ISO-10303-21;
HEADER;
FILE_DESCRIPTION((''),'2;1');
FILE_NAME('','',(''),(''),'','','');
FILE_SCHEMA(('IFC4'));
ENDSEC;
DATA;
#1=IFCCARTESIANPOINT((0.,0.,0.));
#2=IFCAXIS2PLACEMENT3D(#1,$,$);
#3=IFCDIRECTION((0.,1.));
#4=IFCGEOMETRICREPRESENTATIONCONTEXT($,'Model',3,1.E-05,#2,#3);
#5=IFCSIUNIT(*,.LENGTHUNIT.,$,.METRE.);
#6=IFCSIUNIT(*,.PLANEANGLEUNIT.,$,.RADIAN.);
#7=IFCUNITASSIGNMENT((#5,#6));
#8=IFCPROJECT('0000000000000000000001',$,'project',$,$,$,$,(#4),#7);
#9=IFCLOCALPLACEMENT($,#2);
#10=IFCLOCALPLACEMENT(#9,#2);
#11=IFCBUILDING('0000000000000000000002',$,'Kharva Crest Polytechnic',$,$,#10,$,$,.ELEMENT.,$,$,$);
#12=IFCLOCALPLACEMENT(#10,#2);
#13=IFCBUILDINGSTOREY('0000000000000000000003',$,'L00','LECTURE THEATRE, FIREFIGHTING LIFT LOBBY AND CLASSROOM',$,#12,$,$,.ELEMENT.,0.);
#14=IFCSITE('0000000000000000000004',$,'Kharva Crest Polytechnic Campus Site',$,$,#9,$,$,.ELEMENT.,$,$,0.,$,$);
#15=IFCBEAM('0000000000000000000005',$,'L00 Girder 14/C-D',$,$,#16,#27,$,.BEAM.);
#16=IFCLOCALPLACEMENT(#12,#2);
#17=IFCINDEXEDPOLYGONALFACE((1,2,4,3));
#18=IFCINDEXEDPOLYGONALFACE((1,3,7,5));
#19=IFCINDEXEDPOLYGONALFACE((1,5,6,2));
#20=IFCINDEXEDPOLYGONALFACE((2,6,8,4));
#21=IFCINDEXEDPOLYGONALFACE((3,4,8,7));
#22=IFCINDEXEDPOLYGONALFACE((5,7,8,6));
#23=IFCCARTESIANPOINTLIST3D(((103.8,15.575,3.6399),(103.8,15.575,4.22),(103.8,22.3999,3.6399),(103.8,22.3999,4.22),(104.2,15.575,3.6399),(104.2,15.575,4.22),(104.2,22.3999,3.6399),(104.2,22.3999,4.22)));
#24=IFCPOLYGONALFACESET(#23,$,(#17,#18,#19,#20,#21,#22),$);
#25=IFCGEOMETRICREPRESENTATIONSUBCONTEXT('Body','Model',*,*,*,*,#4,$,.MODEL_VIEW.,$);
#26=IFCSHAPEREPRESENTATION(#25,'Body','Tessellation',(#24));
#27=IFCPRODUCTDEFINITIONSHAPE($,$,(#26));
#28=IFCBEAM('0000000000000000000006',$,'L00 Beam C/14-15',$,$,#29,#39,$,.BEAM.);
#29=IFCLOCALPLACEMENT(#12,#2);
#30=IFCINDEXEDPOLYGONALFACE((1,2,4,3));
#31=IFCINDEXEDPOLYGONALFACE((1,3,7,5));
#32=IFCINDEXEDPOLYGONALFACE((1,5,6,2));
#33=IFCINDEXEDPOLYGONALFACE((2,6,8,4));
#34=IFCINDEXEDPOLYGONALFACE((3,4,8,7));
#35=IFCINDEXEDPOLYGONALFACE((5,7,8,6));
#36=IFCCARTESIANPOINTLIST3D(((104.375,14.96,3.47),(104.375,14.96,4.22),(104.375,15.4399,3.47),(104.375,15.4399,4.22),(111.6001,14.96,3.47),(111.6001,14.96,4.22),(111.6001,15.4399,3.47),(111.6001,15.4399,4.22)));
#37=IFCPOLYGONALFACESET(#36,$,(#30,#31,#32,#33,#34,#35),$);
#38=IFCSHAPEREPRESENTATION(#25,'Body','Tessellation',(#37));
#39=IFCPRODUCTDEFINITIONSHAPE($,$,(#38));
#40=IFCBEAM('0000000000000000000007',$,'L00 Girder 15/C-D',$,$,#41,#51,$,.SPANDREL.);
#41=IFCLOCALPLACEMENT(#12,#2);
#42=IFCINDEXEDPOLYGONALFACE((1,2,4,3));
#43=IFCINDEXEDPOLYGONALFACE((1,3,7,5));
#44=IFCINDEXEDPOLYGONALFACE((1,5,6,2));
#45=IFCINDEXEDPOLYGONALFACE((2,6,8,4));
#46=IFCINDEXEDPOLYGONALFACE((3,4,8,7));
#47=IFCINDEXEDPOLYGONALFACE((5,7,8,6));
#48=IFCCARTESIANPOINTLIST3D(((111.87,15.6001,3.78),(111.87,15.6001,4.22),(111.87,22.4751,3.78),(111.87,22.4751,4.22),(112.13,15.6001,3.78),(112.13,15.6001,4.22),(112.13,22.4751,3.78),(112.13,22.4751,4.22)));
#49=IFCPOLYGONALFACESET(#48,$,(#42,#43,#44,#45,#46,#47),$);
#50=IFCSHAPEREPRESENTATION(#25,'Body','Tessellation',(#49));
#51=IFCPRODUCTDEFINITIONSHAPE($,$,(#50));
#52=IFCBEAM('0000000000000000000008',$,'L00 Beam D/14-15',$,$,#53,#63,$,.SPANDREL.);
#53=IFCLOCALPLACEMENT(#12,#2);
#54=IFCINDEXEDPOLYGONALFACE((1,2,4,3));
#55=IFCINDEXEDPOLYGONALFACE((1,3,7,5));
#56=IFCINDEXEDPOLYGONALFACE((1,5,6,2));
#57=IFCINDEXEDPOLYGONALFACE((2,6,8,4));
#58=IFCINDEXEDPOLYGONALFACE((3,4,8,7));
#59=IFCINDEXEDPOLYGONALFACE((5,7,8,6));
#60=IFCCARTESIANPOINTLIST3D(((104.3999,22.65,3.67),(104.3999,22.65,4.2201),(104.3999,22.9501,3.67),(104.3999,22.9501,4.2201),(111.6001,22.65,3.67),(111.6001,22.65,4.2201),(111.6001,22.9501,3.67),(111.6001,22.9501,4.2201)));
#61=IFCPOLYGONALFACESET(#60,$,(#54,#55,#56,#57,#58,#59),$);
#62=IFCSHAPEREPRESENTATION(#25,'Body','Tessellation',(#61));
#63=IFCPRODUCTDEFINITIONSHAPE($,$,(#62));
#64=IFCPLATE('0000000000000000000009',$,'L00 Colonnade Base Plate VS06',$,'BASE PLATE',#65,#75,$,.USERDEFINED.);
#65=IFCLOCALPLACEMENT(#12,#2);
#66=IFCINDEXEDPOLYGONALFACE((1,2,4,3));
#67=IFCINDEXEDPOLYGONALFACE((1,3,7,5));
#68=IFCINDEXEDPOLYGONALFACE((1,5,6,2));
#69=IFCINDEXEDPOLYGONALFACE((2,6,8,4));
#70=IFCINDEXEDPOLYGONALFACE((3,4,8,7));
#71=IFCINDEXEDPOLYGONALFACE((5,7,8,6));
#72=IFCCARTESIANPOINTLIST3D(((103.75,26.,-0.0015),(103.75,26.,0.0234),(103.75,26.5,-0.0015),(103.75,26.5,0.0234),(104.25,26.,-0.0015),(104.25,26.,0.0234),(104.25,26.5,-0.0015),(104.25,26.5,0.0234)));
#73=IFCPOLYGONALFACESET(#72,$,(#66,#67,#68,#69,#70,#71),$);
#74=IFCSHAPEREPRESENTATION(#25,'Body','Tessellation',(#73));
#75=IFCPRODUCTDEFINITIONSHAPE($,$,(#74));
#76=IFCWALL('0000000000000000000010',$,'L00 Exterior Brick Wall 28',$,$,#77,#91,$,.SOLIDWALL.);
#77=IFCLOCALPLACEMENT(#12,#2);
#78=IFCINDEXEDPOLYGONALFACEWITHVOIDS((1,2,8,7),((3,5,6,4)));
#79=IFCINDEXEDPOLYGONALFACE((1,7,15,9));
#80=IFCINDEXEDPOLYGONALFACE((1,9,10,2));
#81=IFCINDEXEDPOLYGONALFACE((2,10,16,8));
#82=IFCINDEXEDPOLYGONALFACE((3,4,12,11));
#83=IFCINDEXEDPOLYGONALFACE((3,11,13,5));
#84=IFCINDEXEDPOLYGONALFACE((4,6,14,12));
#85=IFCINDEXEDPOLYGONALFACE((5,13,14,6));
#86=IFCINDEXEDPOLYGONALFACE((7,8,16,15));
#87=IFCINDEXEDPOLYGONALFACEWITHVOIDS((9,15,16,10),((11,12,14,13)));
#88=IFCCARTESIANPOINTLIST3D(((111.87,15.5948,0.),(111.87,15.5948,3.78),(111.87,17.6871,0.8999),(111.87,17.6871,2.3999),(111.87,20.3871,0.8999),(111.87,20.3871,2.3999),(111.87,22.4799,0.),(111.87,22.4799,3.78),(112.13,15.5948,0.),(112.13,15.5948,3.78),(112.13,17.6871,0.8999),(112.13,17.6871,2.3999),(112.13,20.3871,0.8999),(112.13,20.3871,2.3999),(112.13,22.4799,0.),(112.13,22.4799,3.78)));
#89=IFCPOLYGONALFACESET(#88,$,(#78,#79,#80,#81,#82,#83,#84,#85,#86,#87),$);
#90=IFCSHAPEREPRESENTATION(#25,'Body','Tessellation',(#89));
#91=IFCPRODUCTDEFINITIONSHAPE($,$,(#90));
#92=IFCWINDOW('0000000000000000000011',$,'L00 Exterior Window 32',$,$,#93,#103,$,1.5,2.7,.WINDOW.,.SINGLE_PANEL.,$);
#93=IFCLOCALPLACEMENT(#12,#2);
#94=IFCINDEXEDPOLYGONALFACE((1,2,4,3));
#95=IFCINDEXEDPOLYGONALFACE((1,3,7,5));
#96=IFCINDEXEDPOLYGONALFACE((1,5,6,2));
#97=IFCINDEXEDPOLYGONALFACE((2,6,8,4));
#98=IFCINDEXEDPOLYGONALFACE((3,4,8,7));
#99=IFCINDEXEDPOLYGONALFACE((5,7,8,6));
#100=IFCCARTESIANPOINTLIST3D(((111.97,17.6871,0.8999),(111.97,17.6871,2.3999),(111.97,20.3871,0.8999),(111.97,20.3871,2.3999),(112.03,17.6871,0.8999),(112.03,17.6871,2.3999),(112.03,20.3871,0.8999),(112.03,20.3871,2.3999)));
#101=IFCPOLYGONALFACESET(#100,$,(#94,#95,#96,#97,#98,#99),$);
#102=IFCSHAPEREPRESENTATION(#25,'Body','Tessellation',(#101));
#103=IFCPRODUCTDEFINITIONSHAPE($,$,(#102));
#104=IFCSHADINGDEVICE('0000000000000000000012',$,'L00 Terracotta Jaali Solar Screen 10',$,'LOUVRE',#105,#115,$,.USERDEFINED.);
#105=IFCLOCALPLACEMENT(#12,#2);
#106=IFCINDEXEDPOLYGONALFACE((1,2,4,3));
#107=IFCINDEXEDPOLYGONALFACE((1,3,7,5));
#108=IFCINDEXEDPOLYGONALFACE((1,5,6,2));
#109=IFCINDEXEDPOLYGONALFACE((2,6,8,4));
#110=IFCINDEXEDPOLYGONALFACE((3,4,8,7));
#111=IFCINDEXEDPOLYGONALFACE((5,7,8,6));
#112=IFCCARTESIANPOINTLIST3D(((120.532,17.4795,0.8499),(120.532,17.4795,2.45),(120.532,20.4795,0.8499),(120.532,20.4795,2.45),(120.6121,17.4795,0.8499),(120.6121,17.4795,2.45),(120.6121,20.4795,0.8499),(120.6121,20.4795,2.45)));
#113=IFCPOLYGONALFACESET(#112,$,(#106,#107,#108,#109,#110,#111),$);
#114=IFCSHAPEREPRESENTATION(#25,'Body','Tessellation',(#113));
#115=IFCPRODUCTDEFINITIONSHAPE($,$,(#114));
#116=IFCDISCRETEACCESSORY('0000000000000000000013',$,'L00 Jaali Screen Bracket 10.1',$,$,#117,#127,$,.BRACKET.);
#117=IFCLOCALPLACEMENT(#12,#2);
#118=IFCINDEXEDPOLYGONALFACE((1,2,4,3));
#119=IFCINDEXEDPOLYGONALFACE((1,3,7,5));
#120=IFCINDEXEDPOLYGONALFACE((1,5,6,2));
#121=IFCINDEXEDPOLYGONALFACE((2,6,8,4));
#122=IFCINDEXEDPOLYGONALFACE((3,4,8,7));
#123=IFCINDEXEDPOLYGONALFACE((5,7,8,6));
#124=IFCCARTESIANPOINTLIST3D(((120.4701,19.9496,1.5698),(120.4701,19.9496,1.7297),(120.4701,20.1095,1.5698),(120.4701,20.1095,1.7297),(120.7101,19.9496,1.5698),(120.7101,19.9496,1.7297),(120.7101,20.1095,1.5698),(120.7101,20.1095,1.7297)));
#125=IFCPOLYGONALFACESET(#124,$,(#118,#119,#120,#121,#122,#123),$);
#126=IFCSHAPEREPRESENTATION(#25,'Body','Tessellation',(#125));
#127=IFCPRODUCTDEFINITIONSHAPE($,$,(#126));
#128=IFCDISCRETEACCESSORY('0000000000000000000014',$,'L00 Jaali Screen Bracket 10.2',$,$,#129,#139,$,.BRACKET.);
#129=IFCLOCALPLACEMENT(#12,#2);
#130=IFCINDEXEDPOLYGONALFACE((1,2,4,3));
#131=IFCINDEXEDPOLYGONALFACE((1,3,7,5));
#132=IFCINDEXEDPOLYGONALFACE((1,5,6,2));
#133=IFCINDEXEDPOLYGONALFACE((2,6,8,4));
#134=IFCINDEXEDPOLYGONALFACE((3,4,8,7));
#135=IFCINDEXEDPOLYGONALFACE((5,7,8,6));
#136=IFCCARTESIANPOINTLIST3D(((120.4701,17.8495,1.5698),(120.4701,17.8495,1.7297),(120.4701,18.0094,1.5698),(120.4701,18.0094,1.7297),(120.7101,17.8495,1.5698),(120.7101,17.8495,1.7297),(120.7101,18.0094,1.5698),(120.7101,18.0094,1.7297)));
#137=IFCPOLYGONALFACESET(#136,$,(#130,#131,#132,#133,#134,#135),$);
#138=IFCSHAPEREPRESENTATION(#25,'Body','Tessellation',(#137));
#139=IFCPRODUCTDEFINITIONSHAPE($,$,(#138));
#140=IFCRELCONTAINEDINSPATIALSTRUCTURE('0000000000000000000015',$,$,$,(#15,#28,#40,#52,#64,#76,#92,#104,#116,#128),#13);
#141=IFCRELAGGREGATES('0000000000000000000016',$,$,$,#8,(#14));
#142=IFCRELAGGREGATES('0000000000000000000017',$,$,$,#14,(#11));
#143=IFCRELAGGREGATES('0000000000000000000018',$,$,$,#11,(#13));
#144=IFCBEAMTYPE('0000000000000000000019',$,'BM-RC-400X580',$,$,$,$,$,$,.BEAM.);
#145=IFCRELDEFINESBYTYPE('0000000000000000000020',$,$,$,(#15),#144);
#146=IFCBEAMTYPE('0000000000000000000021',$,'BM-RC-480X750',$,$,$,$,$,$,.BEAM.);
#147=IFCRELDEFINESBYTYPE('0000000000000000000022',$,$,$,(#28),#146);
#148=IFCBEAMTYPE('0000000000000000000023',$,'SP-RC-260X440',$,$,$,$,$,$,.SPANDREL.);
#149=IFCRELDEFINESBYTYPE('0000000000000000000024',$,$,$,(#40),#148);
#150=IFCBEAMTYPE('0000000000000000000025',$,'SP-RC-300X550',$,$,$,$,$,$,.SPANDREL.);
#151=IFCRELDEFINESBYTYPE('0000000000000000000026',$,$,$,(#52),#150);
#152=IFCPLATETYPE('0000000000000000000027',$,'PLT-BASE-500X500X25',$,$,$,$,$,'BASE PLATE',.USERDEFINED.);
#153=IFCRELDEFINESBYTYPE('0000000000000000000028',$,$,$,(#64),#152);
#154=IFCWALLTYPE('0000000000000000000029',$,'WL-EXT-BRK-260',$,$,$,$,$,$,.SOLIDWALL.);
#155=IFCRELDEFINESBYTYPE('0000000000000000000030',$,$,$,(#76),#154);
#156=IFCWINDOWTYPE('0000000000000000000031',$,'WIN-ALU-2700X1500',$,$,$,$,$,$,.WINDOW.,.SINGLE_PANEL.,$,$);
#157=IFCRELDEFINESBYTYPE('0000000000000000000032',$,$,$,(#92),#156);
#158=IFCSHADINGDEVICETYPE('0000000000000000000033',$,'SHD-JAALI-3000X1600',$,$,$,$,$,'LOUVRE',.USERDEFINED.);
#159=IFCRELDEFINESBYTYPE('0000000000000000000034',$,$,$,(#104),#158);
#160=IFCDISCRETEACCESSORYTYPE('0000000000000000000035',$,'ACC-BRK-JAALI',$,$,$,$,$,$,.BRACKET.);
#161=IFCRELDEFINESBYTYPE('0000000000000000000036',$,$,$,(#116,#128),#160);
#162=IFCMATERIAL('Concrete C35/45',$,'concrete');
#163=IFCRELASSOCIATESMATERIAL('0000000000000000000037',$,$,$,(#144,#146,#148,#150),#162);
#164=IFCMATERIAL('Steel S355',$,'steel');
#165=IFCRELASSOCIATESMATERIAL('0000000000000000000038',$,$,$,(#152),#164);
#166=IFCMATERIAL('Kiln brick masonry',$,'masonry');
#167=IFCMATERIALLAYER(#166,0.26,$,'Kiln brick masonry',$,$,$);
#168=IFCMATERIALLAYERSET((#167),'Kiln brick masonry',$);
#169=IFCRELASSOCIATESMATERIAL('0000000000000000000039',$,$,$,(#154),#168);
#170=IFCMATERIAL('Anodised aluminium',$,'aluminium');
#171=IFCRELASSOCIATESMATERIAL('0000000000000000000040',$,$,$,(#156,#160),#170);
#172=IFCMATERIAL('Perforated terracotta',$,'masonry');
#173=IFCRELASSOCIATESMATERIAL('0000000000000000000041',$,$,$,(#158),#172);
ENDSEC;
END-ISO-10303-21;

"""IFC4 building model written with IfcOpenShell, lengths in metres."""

from ifc_helpers import new_model, si_unit, direction, frame, frame_2d, origin, origin_2d, place, context, subcontext, project, spatial, rectangle, extrude, material, layer, layer_set, material_profile, profile_set, type_object, element, fill, save


model = new_model("IFC4")

# Units and contexts
model_context = context("Model", 3, precision=1e-05, world=origin(), true_north=direction((0.0, 1.0)))
body_context = subcontext(model_context, "Body", "Model", "MODEL_VIEW")
ifc_project = project(units=[si_unit("LENGTHUNIT", "METRE"), si_unit("PLANEANGLEUNIT", "RADIAN")], contexts=[model_context])

# Site, building, storey
site_placement = place(None, origin())
site = spatial("IfcSite", under=ifc_project, at=site_placement, Name="Kharva Crest Polytechnic Campus Site", CompositionType="ELEMENT", RefElevation=0.0)
building_placement = place(site_placement, origin())
building = spatial("IfcBuilding", under=site, at=building_placement, Name="Kharva Crest Polytechnic", CompositionType="ELEMENT")
storey_placement = place(building_placement, origin())
storey = spatial("IfcBuildingStorey", under=building, at=storey_placement, Name="L00", Description="LECTURE THEATRE, FIREFIGHTING LIFT LOBBY AND CLASSROOM", CompositionType="ELEMENT", Elevation=0.0)

# Shared definitions
ifc_material_1 = material(Name="Concrete C35/45", Category="concrete")

# Shared definitions
ifc_material_2 = material(Name="Steel S355", Category="steel")

# Beams
ifc_material_profile_1 = material_profile(ifc_material_1, rectangle(XDim=0.3999, YDim=0.5801, at=origin_2d()), Name="RECT 400 X 580")
ifc_profile_set_1 = profile_set([ifc_material_profile_1], Name="Concrete C35/45")
beam_type_1 = type_object("IfcBeamType", Name="BM-RC-400X580", PredefinedType="BEAM", material=ifc_profile_set_1)
beam_1_placement = place(storey_placement, frame((104.0, 15.575, 3.9299), z_axis=(0.0, 1.0, 0.0), x_axis=(-1.0, 0.0, 0.0)))
element("IfcBeam", 1, at=beam_1_placement, inside=storey, type_object=beam_type_1, Name="L00 Girder 14/C-D", PredefinedType="BEAM", context=body_context, shape_type="SweptSolid", body=[
    extrude(rectangle(XDim=0.3999, YDim=0.5801, at=origin_2d()), origin(), (0.0, 0.0, 1.0), 6.825),
])
ifc_material_profile_2 = material_profile(ifc_material_1, rectangle(XDim=0.48, YDim=0.75, at=origin_2d()), Name="RECT 480 X 750")
ifc_profile_set_2 = profile_set([ifc_material_profile_2], Name="Concrete C35/45")
beam_type_2 = type_object("IfcBeamType", Name="BM-RC-480X750", PredefinedType="BEAM", material=ifc_profile_set_2)
beam_2_placement = place(storey_placement, frame((104.375, 15.2, 3.845), z_axis=(1.0, 0.0, 0.0), x_axis=(0.0, 1.0, 0.0)))
element("IfcBeam", 2, at=beam_2_placement, inside=storey, type_object=beam_type_2, Name="L00 Beam C/14-15", PredefinedType="BEAM", context=body_context, shape_type="SweptSolid", body=[
    extrude(rectangle(XDim=0.48, YDim=0.75, at=origin_2d()), origin(), (0.0, 0.0, 1.0), 7.2251),
])
ifc_material_profile_3 = material_profile(ifc_material_1, rectangle(XDim=0.26, YDim=0.4399, at=origin_2d()), Name="RECT 260 X 440")
ifc_profile_set_3 = profile_set([ifc_material_profile_3], Name="Concrete C35/45")
beam_type_3 = type_object("IfcBeamType", Name="SP-RC-260X440", PredefinedType="SPANDREL", material=ifc_profile_set_3)
beam_3_placement = place(storey_placement, frame((112.0, 15.6001, 4.0), z_axis=(0.0, 1.0, 0.0), x_axis=(-1.0, 0.0, 0.0)))
element("IfcBeam", 3, at=beam_3_placement, inside=storey, type_object=beam_type_3, Name="L00 Girder 15/C-D", PredefinedType="SPANDREL", context=body_context, shape_type="SweptSolid", body=[
    extrude(rectangle(XDim=0.26, YDim=0.4399, at=origin_2d()), origin(), (0.0, 0.0, 1.0), 6.875),
])
ifc_material_profile_4 = material_profile(ifc_material_1, rectangle(XDim=0.3, YDim=0.55, at=origin_2d()), Name="RECT 300 X 550")
ifc_profile_set_4 = profile_set([ifc_material_profile_4], Name="Concrete C35/45")
beam_type_4 = type_object("IfcBeamType", Name="SP-RC-300X550", PredefinedType="SPANDREL", material=ifc_profile_set_4)
beam_4_placement = place(storey_placement, frame((104.3999, 22.8, 3.9451), z_axis=(1.0, 0.0, 0.0), x_axis=(0.0, 1.0, 0.0)))
element("IfcBeam", 4, at=beam_4_placement, inside=storey, type_object=beam_type_4, Name="L00 Beam D/14-15", PredefinedType="SPANDREL", context=body_context, shape_type="SweptSolid", body=[
    extrude(rectangle(XDim=0.3, YDim=0.55, at=origin_2d()), origin(), (0.0, 0.0, 1.0), 7.2002),
])

# Plate
plate_type = type_object("IfcPlateType", Name="PLT-BASE-500X500X25", ElementType="BASE PLATE", PredefinedType="USERDEFINED", material=ifc_material_2)
plate_placement = place(storey_placement, frame((104.0, 26.25, -0.0015), z_axis=(0.0, 0.0, 1.0), x_axis=(1.0, 0.0, 0.0)))
element("IfcPlate", 5, at=plate_placement, inside=storey, type_object=plate_type, Name="L00 Colonnade Base Plate VS06", ObjectType="BASE PLATE", PredefinedType="USERDEFINED", context=body_context, shape_type="SweptSolid", body=[
    extrude(rectangle(XDim=0.5, YDim=0.5, at=origin_2d()), origin(), (0.0, 0.0, 1.0), 0.0249),
])

# Wall, opening, window
ifc_material_3 = material(Name="Kiln brick masonry", Category="masonry")
ifc_layer_1 = layer(ifc_material_3, 0.26, Name="Kiln brick masonry")
ifc_layer_set_1 = layer_set([ifc_layer_1], Name="Kiln brick masonry")
wall_type_1 = type_object("IfcWallType", Name="WL-EXT-BRK-260", PredefinedType="SOLIDWALL", material=ifc_layer_set_1)
wall_1_placement = place(storey_placement, frame((112.0, 15.595, 0.0), z_axis=(0.0, 0.0, 1.0), x_axis=(0.0, 1.0, 0.0)))
wall_1 = element("IfcWall", 6, at=wall_1_placement, inside=storey, type_object=wall_type_1, Name="L00 Exterior Brick Wall 28", PredefinedType="SOLIDWALL", context=body_context, shape_type="SweptSolid", body=[
    extrude(rectangle(XDim=6.885, YDim=0.26, at=frame_2d((3.4424, 0.0))), origin(), (0.0, 0.0, 1.0), 3.78),
])
opening_1_placement = place(wall_1_placement, frame((2.092, 0.0, 0.8999)))
opening_1 = element("IfcOpeningElement", 7, at=opening_1_placement, cuts=wall_1, PredefinedType="OPENING", context=body_context, shape_type="SweptSolid", body=[
    extrude(rectangle(XDim=2.7, YDim=1.5, at=frame_2d((1.3501, 0.75))), frame((0.0, 0.1399, 0.0), z_axis=(0.0, -1.0, 0.0), x_axis=(1.0, 0.0, 0.0)), (0.0, 0.0, 1.0), 0.28),
])
ifc_material_4 = material(Name="Anodised aluminium", Category="aluminium")
window_type = type_object("IfcWindowType", Name="WIN-ALU-2700X1500", PartitioningType="SINGLE_PANEL", PredefinedType="WINDOW", material=ifc_material_4)
window_placement = place(opening_1_placement, origin())
window = element("IfcWindow", 8, at=window_placement, inside=storey, type_object=window_type, Name="L00 Exterior Window 32", OverallHeight=1.5, OverallWidth=2.7, PartitioningType="SINGLE_PANEL", PredefinedType="WINDOW", context=body_context, shape_type="SweptSolid", body=[
    extrude(rectangle(XDim=2.7, YDim=1.5, at=frame_2d((1.3501, 0.75))), frame((0.0, 0.03, 0.0), z_axis=(0.0, -1.0, 0.0), x_axis=(1.0, 0.0, 0.0)), (0.0, 0.0, 1.0), 0.0601),
])
fill(opening_1, window)

# Shading device
ifc_material_5 = material(Name="Perforated terracotta", Category="masonry")
shading_device_type = type_object("IfcShadingDeviceType", Name="SHD-JAALI-3000X1600", ElementType="LOUVRE", PredefinedType="USERDEFINED", material=ifc_material_5)
shading_device_placement = place(storey_placement, frame((120.572, 18.9795, 0.8499), z_axis=(0.0, 0.0, 1.0), x_axis=(0.0, 1.0, 0.0)))
element("IfcShadingDevice", 9, at=shading_device_placement, inside=storey, type_object=shading_device_type, Name="L00 Terracotta Jaali Solar Screen 10", ObjectType="LOUVRE", PredefinedType="USERDEFINED", context=body_context, shape_type="SweptSolid", body=[
    extrude(rectangle(XDim=3.0, YDim=0.0801, at=origin_2d()), origin(), (0.0, 0.0, 1.0), 1.6001),
])

# Discrete accessories
discrete_accessory_type = type_object("IfcDiscreteAccessoryType", Name="ACC-BRK-JAALI", PredefinedType="BRACKET", material=ifc_material_4)
for number, where, z_axis, x_axis, name in (
    (10, (120.5901, 20.0295, 1.5698), (0.0, 0.0, 1.0), (0.0, 1.0, 0.0), "L00 Jaali Screen Bracket 10.1"),
    (11, (120.5901, 17.9294, 1.5698), (0.0, 0.0, 1.0), (0.0, 1.0, 0.0), "L00 Jaali Screen Bracket 10.2"),
):
    element("IfcDiscreteAccessory", number, at=place(storey_placement, frame(where, z_axis=z_axis, x_axis=x_axis)), inside=storey, type_object=discrete_accessory_type, Name=name, PredefinedType="BRACKET", context=body_context, shape_type="SweptSolid", body=[
        extrude(rectangle(XDim=0.1599, YDim=0.24, at=origin_2d()), origin(), (0.0, 0.0, 1.0), 0.1599),
    ])

save(model, "model.ifc")
